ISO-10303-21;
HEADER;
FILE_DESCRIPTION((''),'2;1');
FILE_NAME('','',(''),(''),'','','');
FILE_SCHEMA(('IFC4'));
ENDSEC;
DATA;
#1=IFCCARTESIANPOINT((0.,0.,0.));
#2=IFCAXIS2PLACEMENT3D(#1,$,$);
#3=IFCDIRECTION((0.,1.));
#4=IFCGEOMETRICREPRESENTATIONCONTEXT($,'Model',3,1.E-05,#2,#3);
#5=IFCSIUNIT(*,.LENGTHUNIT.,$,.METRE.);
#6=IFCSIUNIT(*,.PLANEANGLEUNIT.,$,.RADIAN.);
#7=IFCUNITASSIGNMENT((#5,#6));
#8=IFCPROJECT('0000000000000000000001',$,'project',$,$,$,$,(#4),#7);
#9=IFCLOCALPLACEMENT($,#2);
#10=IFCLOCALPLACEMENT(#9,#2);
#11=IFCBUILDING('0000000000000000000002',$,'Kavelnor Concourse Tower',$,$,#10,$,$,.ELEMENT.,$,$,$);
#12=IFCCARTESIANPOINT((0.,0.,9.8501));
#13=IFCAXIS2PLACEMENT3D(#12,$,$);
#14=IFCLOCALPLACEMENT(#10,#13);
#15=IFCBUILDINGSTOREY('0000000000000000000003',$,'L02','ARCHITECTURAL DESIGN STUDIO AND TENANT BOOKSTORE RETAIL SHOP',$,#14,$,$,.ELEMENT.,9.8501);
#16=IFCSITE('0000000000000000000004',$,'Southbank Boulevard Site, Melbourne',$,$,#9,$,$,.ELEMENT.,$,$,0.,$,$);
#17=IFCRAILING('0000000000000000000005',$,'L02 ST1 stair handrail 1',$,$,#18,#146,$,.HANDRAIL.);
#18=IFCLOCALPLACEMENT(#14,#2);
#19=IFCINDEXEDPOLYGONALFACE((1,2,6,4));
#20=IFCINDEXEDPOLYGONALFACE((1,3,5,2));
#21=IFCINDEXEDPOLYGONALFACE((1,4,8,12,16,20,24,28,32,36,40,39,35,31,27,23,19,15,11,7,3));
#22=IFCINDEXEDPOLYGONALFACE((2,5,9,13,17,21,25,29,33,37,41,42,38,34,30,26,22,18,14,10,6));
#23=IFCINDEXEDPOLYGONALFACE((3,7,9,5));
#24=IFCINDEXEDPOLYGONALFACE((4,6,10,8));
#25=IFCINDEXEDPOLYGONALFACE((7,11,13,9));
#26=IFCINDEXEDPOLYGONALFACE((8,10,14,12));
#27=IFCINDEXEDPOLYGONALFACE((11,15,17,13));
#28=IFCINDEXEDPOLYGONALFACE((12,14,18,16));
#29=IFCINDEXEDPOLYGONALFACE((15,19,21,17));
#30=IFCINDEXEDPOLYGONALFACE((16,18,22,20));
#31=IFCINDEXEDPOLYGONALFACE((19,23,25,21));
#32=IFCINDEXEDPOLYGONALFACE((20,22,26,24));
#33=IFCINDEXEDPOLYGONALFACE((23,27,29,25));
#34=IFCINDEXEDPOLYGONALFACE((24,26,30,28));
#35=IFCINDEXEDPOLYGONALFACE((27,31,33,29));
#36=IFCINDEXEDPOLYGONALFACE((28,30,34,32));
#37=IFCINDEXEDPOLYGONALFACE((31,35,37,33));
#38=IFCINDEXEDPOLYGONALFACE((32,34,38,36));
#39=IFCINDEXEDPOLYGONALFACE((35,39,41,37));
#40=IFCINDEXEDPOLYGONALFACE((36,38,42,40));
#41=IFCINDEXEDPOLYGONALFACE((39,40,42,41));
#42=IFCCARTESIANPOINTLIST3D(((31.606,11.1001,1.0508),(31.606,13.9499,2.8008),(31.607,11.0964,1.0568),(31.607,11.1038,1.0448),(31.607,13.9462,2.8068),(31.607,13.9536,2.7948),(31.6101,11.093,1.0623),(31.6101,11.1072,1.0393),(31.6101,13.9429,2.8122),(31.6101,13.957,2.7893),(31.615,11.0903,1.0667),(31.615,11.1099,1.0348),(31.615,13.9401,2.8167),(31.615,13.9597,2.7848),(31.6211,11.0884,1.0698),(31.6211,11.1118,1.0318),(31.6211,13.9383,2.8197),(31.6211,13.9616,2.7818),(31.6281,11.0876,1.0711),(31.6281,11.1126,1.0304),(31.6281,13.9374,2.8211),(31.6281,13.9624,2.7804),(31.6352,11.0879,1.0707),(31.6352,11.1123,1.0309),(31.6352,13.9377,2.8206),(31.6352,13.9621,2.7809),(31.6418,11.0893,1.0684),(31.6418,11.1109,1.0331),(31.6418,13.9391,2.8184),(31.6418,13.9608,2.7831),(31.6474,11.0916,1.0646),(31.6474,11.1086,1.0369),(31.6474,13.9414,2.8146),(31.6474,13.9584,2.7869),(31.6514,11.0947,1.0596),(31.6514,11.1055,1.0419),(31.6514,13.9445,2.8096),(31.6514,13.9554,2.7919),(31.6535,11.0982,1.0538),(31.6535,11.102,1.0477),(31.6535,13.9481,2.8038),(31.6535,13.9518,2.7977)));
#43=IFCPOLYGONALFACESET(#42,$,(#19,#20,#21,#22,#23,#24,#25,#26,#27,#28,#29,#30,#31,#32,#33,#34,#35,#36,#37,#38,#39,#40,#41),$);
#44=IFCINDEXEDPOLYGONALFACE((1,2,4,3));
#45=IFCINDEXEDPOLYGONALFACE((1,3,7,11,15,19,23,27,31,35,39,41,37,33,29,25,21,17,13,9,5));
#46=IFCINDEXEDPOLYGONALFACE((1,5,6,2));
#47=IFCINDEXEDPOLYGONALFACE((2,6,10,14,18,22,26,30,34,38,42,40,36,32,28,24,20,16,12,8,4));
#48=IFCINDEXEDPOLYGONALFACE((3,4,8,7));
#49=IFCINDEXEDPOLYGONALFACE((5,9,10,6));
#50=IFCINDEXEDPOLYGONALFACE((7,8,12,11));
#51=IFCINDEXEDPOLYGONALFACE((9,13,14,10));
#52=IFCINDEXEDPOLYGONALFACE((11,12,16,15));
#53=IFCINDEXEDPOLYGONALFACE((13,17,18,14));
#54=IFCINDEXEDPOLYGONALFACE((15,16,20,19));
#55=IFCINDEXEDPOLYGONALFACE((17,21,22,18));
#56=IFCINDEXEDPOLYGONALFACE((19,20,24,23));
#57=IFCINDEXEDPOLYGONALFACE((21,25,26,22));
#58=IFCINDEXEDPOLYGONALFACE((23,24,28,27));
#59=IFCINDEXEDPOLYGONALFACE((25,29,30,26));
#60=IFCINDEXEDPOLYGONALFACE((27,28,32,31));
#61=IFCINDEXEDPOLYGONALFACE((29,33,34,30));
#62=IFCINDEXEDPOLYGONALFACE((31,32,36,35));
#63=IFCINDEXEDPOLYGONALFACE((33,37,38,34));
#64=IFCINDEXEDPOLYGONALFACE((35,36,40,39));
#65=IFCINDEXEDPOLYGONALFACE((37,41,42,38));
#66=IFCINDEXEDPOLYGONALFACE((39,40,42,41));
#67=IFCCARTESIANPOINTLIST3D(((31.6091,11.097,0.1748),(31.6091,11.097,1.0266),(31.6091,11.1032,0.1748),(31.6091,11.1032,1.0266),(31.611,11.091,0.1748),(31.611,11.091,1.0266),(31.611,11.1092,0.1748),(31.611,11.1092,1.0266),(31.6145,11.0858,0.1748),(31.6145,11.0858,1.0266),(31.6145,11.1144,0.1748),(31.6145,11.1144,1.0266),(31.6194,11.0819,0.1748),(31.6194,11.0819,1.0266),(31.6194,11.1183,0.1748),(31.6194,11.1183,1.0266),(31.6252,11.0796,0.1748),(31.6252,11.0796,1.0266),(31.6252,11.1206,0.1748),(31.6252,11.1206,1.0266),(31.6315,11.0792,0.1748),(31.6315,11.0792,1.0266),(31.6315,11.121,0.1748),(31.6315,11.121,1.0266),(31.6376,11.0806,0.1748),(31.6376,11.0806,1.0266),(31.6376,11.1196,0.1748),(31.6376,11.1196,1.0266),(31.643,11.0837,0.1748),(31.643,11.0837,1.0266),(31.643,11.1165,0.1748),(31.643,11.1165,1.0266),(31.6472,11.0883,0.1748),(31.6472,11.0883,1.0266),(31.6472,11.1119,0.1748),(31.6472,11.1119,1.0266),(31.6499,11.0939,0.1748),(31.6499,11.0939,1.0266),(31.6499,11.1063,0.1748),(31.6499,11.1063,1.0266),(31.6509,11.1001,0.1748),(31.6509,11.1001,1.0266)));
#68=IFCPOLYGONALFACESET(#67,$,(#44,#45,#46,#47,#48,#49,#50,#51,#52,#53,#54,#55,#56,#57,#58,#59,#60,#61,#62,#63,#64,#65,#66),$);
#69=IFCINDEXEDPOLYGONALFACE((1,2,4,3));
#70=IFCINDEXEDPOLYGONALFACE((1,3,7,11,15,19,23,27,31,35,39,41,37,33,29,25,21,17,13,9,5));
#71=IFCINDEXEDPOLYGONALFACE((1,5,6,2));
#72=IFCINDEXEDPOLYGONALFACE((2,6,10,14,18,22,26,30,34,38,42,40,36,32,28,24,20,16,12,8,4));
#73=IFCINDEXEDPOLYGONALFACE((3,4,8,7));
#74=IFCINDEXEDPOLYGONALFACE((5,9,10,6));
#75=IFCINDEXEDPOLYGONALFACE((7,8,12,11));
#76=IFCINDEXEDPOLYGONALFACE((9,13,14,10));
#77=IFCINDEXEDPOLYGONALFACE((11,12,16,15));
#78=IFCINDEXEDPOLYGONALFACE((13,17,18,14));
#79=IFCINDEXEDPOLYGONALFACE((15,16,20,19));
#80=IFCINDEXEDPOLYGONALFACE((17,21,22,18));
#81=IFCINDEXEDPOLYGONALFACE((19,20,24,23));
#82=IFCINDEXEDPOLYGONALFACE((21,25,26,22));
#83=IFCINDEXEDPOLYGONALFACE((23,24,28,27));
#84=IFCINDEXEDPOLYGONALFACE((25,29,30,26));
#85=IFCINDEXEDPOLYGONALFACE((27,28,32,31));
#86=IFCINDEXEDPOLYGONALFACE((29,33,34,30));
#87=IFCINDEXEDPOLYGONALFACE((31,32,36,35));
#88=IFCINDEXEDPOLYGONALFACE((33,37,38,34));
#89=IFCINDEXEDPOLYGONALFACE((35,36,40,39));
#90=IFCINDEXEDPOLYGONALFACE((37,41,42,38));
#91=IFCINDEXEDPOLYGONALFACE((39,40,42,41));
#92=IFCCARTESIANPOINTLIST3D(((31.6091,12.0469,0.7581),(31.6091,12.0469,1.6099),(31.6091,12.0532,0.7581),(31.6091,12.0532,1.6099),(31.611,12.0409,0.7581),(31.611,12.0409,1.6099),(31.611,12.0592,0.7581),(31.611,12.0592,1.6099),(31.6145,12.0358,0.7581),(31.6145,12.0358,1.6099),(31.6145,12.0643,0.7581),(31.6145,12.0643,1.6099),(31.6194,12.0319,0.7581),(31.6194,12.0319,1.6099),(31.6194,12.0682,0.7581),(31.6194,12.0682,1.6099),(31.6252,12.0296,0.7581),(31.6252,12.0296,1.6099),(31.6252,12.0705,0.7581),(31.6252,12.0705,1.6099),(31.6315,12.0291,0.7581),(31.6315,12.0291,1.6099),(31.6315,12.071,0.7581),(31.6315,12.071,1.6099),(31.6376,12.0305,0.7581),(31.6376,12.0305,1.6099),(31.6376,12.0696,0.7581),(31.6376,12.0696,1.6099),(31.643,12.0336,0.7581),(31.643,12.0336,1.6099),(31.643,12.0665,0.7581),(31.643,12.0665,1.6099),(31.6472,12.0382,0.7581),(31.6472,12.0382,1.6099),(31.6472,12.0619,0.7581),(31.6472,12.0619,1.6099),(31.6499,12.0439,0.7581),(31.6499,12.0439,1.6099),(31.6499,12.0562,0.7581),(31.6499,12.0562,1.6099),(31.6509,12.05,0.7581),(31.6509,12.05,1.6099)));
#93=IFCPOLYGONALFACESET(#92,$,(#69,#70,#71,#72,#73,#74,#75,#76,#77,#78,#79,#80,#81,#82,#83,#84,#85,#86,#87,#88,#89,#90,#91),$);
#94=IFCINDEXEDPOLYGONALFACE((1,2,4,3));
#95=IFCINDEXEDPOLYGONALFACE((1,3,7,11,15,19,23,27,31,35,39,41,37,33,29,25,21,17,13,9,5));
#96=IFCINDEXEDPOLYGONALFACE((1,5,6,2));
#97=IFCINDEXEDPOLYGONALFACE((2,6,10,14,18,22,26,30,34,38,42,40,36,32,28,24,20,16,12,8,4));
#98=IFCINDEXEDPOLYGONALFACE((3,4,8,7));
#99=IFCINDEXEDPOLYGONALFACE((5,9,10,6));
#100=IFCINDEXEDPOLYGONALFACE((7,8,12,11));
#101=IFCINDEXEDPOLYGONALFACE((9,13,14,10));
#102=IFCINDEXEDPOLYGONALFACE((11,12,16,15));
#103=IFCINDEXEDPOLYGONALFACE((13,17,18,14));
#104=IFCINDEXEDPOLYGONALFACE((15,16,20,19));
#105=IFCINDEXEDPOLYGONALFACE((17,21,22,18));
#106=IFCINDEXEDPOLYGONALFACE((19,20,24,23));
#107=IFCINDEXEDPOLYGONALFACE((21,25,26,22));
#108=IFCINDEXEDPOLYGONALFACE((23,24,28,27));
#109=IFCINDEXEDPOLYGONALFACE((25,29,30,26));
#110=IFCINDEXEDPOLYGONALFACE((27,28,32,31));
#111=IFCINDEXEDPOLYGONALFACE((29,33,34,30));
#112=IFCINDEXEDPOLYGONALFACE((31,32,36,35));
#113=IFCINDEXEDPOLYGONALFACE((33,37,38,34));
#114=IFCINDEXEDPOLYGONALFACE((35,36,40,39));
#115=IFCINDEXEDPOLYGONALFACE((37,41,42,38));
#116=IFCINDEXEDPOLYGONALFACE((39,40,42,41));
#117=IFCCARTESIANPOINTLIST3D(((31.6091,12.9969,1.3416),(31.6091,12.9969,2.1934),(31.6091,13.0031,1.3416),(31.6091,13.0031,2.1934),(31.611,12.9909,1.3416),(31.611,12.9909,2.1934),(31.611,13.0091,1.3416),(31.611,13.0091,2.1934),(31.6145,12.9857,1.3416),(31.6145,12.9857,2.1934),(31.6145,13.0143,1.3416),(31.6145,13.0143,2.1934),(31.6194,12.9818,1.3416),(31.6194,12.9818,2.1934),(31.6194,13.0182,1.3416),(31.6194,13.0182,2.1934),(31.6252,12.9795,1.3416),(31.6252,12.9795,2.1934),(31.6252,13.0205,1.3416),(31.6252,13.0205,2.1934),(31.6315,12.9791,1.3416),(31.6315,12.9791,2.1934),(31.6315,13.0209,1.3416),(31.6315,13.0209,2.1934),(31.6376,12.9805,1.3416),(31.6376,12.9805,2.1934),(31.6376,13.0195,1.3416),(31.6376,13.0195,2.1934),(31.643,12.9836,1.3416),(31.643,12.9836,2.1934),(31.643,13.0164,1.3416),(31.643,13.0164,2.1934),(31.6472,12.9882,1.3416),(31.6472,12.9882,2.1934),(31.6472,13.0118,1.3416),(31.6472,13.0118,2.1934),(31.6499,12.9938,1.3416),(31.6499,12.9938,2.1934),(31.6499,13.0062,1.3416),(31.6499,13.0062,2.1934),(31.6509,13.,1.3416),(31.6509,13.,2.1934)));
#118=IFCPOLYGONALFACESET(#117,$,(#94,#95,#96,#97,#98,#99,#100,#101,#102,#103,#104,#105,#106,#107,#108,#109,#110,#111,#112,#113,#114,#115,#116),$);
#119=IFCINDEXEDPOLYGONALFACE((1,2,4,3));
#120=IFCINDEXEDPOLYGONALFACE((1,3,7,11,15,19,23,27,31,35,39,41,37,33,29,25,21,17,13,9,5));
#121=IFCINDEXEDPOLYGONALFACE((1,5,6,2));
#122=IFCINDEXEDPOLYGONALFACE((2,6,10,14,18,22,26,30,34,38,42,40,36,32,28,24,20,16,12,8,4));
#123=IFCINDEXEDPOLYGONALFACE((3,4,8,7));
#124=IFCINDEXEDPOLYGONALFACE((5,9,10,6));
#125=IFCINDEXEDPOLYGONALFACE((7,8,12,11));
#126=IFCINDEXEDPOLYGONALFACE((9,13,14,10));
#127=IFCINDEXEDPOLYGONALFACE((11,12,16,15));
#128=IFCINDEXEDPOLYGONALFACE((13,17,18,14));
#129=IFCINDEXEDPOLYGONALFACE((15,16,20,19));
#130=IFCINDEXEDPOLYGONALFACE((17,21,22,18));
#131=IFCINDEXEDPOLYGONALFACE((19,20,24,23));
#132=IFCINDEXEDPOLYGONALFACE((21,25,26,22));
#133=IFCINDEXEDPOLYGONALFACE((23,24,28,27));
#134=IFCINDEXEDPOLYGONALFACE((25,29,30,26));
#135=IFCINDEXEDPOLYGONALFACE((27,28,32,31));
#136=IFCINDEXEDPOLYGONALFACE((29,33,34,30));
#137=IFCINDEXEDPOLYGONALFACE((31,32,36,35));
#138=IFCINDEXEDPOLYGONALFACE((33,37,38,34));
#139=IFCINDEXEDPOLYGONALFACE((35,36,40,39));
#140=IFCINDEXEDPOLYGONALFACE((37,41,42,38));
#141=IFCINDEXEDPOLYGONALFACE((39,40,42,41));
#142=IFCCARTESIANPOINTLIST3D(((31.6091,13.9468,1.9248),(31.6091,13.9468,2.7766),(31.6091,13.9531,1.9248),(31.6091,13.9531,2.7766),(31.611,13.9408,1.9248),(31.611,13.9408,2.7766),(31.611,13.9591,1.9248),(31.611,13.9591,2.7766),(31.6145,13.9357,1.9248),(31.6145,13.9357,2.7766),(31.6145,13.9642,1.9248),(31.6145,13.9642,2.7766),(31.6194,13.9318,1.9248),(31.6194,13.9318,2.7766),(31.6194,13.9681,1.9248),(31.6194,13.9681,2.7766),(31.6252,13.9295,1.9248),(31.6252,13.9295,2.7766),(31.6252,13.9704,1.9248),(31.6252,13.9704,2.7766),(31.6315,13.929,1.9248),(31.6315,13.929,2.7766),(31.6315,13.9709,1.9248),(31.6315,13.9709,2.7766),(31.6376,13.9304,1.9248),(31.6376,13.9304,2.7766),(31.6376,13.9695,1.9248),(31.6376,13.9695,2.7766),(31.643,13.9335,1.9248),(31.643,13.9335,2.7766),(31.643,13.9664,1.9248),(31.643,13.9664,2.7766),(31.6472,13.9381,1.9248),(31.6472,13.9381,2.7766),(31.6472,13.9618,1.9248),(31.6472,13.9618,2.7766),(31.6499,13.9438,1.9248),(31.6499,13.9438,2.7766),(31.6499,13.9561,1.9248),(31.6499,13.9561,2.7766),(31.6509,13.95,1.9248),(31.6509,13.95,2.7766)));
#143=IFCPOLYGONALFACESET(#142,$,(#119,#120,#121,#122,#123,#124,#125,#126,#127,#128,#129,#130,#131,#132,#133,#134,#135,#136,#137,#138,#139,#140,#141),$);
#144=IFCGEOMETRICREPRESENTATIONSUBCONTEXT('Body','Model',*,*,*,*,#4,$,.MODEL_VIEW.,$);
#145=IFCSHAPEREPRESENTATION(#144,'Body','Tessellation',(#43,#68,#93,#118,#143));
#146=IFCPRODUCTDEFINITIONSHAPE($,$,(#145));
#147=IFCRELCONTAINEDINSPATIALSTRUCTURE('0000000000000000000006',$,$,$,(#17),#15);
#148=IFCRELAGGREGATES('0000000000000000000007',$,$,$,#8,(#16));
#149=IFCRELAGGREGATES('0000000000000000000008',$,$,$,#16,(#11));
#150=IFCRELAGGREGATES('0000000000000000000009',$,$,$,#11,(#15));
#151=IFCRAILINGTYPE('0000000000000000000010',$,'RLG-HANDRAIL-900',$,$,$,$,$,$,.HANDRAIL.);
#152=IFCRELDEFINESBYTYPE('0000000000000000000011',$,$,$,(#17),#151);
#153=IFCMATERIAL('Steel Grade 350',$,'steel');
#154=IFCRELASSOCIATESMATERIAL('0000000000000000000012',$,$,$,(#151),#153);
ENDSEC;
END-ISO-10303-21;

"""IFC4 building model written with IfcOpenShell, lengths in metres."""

from ifc_helpers import new_model, si_unit, direction, frame, origin, origin_2d, place, context, subcontext, project, spatial, circle, extrude, material, type_object, element, save


model = new_model("IFC4")

# Units and contexts
model_context = context("Model", 3, precision=1e-05, world=origin(), true_north=direction((0.0, 1.0)))
body_context = subcontext(model_context, "Body", "Model", "MODEL_VIEW")
ifc_project = project(units=[si_unit("LENGTHUNIT", "METRE"), si_unit("PLANEANGLEUNIT", "RADIAN")], contexts=[model_context])

# Site, building, storey
site_placement = place(None, origin())
site = spatial("IfcSite", under=ifc_project, at=site_placement, Name="Southbank Boulevard Site, Melbourne", CompositionType="ELEMENT", RefElevation=0.0)
building_placement = place(site_placement, origin())
building = spatial("IfcBuilding", under=site, at=building_placement, Name="Kavelnor Concourse Tower", CompositionType="ELEMENT")
storey_placement = place(building_placement, frame((0.0, 0.0, 9.8501)))
storey = spatial("IfcBuildingStorey", under=building, at=storey_placement, Name="L02", Description="ARCHITECTURAL DESIGN STUDIO AND TENANT BOOKSTORE RETAIL SHOP", CompositionType="ELEMENT", Elevation=9.8501)

# Shared definitions
ifc_material_1 = material(Name="Steel Grade 350", Category="steel")

# Railing
railing_type_1 = type_object("IfcRailingType", Name="RLG-HANDRAIL-900", PredefinedType="HANDRAIL", material=ifc_material_1)
railing_1_placement = place(storey_placement, frame((31.6299, 11.1001, 0.1748)))
element("IfcRailing", 1, at=railing_1_placement, inside=storey, type_object=railing_type_1, Name="L02 ST1 stair handrail 1", PredefinedType="HANDRAIL", context=body_context, shape_type="SweptSolid", body=[
    extrude(circle(Radius=0.0239, at=origin_2d()), frame((0.0, 0.0, 0.876), z_axis=(0.0, 0.852159, 0.523283), x_axis=(-1.0, 0.0, 0.0)), (0.0, 0.0, 1.0), 3.3442),
    extrude(circle(Radius=0.021, at=origin_2d()), origin(), (0.0, 0.0, 1.0), 0.8518),
    extrude(circle(Radius=0.021, at=origin_2d()), frame((0.0, 0.95, 0.5833)), (0.0, 0.0, 1.0), 0.8518),
    extrude(circle(Radius=0.021, at=origin_2d()), frame((0.0, 1.8999, 1.1667)), (0.0, 0.0, 1.0), 0.8518),
    extrude(circle(Radius=0.021, at=origin_2d()), frame((0.0, 2.8499, 1.75)), (0.0, 0.0, 1.0), 0.8518),
])

save(model, "model.ifc")
